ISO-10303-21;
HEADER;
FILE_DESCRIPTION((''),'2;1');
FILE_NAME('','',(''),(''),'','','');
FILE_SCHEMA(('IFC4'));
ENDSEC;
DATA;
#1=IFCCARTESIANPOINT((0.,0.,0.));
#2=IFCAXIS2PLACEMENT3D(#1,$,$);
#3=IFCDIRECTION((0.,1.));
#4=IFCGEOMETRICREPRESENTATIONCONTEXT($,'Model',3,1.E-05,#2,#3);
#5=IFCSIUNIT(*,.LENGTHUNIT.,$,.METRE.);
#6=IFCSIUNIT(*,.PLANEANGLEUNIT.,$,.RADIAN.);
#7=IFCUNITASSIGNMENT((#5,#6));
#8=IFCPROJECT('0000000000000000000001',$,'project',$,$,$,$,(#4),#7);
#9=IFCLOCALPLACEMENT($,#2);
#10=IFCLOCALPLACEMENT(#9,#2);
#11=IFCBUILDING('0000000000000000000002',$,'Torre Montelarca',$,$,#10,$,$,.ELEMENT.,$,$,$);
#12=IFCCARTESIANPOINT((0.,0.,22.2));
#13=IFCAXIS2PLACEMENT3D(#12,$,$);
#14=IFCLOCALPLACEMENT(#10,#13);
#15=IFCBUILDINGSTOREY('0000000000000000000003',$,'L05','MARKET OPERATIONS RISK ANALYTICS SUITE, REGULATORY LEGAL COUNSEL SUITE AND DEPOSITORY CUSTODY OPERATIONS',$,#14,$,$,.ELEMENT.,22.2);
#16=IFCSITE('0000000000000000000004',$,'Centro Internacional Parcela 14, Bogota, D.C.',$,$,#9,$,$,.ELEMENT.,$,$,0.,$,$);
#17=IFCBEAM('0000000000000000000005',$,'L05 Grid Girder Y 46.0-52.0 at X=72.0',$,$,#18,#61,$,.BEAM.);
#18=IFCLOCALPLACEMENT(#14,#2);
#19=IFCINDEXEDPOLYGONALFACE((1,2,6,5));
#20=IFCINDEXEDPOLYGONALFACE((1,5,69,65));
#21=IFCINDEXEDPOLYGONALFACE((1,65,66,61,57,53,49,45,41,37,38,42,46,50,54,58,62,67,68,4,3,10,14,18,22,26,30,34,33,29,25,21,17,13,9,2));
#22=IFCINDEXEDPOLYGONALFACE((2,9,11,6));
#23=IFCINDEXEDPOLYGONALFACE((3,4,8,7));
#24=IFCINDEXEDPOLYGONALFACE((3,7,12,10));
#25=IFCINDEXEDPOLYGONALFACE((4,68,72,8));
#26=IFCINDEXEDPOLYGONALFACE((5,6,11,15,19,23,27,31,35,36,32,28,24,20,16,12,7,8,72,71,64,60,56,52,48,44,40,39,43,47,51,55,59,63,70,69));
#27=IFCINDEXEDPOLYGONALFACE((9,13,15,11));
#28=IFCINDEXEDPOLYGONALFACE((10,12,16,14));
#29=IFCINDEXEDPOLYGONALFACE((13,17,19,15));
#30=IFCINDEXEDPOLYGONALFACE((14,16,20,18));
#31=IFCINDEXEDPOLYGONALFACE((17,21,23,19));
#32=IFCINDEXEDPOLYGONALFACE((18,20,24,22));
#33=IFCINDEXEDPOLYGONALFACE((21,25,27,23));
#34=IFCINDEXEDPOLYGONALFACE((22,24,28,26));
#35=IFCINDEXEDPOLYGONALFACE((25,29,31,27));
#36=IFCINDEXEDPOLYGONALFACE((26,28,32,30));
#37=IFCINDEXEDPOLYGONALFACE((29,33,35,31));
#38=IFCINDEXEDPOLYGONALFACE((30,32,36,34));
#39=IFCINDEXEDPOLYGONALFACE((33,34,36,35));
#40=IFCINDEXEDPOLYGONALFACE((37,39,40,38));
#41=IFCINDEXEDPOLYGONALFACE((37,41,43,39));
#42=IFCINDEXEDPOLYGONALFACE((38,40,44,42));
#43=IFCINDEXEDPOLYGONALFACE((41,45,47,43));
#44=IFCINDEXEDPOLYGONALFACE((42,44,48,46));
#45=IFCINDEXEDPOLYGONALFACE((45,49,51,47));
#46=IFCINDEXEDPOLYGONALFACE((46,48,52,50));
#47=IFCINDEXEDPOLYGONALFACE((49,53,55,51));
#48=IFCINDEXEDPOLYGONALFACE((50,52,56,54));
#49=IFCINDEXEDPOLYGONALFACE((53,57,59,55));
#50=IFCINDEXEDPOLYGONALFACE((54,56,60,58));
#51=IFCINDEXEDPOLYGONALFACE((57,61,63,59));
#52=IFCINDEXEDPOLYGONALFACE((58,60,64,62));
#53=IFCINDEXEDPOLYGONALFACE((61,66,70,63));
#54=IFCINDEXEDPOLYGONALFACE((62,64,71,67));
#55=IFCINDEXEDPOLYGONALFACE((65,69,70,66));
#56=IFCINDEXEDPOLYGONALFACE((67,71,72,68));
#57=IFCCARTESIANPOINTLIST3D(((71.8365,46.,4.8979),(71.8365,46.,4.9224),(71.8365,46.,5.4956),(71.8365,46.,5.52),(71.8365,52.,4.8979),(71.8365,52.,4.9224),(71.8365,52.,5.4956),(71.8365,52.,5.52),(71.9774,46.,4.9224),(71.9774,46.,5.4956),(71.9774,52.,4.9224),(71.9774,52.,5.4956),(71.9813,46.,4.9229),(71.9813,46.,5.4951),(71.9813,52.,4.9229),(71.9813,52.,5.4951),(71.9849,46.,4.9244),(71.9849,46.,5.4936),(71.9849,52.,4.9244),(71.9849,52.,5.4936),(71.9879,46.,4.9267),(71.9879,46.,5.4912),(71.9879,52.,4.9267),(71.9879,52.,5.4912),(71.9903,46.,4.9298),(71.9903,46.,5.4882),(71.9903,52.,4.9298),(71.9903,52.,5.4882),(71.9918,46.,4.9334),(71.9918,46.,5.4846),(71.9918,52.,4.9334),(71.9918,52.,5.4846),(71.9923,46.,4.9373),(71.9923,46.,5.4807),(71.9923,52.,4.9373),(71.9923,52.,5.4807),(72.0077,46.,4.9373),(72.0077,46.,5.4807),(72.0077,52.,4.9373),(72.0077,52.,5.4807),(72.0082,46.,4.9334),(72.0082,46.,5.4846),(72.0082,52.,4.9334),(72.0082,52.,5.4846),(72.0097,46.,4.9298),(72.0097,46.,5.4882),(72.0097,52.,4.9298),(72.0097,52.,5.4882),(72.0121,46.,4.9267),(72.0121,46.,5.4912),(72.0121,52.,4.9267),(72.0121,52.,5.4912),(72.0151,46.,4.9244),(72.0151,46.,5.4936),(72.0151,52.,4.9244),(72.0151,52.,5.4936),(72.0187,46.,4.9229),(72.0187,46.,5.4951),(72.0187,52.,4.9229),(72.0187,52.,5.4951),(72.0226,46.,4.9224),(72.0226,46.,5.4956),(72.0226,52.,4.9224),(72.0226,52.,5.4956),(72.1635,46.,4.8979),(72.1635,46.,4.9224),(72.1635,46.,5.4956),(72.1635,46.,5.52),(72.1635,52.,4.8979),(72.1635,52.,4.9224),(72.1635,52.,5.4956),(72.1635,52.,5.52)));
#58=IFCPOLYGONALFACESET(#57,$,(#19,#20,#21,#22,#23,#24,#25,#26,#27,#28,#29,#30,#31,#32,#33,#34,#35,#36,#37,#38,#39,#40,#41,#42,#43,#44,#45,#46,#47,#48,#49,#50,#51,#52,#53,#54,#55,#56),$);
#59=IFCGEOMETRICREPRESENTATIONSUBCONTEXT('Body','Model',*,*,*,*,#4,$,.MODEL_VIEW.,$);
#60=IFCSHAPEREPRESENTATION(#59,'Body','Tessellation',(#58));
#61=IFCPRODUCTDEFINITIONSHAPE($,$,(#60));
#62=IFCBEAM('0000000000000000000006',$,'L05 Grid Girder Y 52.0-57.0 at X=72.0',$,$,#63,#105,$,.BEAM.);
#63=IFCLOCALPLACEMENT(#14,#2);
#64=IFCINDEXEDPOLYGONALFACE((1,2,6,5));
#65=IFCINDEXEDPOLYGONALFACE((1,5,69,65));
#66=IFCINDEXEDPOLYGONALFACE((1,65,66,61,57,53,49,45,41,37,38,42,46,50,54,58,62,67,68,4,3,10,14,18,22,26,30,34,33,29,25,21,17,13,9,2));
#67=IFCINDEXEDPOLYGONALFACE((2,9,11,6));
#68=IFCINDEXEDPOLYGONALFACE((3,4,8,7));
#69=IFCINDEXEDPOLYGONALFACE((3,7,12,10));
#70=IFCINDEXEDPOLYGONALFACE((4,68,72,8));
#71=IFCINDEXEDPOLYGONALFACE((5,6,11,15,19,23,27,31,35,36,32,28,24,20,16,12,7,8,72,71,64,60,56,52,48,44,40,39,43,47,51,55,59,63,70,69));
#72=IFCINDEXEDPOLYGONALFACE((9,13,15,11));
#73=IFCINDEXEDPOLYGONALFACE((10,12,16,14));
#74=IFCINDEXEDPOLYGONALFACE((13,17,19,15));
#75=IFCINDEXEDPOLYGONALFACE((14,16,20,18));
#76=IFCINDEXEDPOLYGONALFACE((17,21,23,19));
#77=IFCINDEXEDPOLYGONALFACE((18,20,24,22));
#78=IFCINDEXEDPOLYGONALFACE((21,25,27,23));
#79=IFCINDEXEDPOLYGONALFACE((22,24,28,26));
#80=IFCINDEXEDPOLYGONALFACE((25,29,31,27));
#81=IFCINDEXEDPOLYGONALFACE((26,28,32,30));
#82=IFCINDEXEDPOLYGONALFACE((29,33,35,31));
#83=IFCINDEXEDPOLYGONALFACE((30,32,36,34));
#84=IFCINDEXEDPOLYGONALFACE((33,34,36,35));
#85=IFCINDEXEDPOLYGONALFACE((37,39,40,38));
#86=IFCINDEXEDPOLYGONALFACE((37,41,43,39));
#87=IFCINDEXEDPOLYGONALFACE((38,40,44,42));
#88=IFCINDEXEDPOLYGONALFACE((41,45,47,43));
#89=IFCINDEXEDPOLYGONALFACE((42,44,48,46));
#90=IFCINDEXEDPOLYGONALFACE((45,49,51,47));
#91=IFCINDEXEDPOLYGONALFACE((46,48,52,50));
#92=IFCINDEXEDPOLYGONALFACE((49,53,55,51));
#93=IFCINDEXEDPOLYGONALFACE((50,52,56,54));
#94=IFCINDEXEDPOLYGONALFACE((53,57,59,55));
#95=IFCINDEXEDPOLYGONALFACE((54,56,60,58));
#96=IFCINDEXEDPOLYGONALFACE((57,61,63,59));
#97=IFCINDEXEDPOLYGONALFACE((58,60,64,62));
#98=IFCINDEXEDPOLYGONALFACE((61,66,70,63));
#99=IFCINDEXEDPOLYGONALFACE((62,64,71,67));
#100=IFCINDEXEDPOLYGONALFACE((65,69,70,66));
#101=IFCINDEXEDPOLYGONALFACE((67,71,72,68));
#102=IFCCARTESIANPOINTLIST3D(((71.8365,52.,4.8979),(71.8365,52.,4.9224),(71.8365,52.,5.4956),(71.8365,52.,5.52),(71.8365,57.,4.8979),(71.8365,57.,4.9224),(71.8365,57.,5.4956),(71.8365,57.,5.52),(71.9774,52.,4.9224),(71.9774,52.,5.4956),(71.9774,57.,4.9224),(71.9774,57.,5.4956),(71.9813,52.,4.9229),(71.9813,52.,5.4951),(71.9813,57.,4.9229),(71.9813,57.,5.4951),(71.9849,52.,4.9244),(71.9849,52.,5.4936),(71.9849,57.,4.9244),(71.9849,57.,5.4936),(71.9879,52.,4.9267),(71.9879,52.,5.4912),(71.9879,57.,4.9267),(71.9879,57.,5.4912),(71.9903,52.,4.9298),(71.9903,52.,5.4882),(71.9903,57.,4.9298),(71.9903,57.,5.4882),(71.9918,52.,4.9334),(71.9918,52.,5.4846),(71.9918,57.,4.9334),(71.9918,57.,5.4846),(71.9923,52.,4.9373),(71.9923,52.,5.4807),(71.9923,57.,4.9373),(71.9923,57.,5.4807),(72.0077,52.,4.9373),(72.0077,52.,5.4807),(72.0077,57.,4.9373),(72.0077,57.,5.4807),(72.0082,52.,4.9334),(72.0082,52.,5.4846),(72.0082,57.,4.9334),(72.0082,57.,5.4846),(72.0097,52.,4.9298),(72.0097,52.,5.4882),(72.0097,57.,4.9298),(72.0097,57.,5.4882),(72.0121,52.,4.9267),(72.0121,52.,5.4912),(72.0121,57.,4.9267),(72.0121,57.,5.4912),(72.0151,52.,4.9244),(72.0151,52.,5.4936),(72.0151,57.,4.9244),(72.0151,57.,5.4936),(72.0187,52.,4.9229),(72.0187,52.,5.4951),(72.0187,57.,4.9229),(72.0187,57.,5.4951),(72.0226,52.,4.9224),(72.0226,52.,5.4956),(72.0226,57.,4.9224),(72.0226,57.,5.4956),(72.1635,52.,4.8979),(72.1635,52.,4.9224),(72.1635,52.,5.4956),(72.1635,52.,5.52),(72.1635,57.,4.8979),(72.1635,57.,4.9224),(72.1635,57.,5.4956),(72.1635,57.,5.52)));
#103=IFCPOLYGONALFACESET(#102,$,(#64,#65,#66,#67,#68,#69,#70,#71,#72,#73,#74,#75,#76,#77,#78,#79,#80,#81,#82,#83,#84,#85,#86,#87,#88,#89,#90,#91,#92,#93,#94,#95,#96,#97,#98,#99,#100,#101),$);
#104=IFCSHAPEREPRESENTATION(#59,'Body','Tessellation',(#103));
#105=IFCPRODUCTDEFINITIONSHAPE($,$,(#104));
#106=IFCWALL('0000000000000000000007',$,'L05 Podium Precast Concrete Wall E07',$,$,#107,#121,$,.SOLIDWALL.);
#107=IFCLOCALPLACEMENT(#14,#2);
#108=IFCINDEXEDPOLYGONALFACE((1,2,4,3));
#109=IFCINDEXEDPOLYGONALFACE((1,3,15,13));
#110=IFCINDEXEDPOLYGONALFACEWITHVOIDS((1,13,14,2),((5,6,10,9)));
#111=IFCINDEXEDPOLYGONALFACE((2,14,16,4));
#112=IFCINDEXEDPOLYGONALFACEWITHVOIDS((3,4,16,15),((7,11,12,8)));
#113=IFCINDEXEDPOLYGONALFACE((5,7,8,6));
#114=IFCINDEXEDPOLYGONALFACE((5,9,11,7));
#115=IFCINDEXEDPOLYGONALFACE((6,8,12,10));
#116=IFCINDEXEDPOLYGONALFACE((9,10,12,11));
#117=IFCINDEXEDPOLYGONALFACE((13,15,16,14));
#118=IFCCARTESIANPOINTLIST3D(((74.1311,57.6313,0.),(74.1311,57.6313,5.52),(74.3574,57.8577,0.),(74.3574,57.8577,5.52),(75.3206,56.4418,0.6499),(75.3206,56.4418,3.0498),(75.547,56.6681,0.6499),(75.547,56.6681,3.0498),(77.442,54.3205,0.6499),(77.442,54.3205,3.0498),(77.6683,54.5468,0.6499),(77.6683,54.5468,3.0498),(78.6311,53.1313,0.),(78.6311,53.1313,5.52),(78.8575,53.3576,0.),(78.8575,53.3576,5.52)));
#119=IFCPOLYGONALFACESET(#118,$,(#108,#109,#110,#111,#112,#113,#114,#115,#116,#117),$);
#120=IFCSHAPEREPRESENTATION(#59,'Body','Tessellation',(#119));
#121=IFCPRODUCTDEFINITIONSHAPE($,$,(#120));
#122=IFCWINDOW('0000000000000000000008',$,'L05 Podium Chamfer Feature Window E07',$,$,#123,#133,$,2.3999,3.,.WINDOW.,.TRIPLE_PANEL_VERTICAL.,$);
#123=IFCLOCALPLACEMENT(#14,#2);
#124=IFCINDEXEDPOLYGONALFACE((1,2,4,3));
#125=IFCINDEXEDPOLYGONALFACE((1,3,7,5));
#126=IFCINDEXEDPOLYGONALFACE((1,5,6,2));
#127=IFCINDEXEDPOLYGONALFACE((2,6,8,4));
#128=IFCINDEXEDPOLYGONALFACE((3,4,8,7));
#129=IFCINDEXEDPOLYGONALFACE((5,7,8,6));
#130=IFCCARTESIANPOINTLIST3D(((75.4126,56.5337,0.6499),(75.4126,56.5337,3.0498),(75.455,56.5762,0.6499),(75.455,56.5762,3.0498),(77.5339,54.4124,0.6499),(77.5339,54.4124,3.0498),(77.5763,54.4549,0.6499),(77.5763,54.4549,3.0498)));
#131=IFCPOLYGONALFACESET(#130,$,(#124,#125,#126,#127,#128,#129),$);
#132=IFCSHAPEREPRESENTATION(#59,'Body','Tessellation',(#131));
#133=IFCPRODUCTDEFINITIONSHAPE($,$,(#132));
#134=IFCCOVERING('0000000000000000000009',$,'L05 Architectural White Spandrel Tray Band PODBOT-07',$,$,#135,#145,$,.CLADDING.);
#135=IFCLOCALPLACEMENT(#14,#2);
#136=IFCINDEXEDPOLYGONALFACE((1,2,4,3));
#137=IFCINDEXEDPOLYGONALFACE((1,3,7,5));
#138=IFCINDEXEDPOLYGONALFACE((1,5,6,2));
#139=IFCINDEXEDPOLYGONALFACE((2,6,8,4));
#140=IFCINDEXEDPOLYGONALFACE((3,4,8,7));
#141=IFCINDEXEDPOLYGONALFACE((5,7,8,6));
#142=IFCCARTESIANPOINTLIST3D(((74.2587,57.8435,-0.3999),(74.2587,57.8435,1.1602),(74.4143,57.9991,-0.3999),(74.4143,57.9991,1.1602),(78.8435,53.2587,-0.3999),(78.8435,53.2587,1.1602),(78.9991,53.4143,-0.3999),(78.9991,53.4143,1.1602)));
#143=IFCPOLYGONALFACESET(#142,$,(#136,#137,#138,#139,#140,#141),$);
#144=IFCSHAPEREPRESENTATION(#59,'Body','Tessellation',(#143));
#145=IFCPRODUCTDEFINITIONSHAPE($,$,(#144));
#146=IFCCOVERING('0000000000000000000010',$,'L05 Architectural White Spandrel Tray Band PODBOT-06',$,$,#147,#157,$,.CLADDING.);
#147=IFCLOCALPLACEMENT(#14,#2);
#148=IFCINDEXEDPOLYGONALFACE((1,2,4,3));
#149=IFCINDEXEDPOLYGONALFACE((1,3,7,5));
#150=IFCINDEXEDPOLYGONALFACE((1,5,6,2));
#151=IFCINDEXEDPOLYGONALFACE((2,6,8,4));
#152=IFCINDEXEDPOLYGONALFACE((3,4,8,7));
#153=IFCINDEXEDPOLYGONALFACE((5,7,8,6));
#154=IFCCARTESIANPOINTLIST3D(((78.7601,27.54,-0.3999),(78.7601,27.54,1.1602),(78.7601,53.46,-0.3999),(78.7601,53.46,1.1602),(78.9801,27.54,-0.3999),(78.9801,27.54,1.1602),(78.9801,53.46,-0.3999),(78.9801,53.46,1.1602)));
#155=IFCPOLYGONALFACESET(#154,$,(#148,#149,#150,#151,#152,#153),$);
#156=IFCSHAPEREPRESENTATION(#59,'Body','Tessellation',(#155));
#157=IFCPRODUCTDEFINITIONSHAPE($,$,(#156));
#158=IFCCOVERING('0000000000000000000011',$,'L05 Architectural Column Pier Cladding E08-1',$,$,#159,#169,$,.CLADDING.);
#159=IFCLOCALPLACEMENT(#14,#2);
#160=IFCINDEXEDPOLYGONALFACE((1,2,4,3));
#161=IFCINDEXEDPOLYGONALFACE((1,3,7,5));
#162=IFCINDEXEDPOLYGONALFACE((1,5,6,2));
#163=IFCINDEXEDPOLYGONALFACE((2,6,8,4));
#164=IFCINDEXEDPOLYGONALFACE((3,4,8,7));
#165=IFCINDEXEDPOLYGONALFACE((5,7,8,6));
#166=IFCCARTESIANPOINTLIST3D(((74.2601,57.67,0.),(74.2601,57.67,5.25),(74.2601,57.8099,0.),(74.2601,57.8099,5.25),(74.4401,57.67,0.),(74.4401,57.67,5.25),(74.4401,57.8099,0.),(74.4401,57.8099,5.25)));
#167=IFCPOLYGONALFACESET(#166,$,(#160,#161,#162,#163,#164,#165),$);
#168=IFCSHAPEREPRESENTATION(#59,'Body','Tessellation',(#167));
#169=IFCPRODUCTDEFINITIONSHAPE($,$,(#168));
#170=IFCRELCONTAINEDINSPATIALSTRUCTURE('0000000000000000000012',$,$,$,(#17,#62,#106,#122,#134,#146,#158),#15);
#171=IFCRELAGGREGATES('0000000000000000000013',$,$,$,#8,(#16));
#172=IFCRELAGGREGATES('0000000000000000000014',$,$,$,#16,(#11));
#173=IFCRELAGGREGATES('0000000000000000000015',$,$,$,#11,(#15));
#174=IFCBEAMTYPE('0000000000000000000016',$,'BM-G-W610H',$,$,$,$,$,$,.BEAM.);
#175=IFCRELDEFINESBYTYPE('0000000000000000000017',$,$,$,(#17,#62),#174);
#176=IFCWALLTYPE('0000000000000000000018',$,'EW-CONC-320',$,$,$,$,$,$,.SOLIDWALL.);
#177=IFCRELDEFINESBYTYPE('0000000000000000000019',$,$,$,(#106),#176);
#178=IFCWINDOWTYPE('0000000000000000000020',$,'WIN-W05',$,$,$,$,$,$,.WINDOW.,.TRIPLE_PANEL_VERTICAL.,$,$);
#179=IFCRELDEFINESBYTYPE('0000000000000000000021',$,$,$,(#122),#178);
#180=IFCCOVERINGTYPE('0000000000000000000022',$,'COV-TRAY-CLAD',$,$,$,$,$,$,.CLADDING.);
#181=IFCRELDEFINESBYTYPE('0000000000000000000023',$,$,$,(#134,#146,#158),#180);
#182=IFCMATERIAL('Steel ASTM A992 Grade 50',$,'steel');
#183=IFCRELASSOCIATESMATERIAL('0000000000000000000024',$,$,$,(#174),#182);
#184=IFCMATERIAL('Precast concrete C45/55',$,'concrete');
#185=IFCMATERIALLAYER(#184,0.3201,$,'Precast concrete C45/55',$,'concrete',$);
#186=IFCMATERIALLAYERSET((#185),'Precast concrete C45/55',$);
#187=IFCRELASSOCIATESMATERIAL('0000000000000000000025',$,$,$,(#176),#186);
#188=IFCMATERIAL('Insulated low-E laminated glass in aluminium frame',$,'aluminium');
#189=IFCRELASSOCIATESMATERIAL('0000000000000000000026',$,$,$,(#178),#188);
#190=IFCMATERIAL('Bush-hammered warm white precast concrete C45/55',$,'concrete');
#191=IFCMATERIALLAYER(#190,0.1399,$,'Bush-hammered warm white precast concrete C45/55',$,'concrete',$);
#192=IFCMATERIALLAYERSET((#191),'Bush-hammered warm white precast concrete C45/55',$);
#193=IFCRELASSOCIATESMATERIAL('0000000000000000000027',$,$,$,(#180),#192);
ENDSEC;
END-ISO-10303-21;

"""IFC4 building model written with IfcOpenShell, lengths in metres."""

from ifc_helpers import new_model, si_unit, direction, frame, frame_2d, origin, origin_2d, place, context, subcontext, project, spatial, rectangle, i_section, extrude, source, transform, mapped, material, layer, layer_set, material_profile, profile_set, type_object, element, fill, save


model = new_model("IFC4")

# Units and contexts
model_context = context("Model", 3, precision=1e-05, world=origin(), true_north=direction((0.0, 1.0)))
body_context = subcontext(model_context, "Body", "Model", "MODEL_VIEW")
ifc_project = project(units=[si_unit("LENGTHUNIT", "METRE"), si_unit("PLANEANGLEUNIT", "RADIAN")], contexts=[model_context])

# Site, building, storey
site_placement = place(None, origin())
site = spatial("IfcSite", under=ifc_project, at=site_placement, Name="Centro Internacional Parcela 14, Bogota, D.C.", CompositionType="ELEMENT", RefElevation=0.0)
building_placement = place(site_placement, origin())
building = spatial("IfcBuilding", under=site, at=building_placement, Name="Torre Montelarca", CompositionType="ELEMENT")
storey_placement = place(building_placement, frame((0.0, 0.0, 22.2)))
storey = spatial("IfcBuildingStorey", under=building, at=storey_placement, Name="L05", Description="MARKET OPERATIONS RISK ANALYTICS SUITE, REGULATORY LEGAL COUNSEL SUITE AND DEPOSITORY CUSTODY OPERATIONS", CompositionType="ELEMENT", Elevation=22.2)

# Shared definitions
ifc_material_1 = material(Name="Steel ASTM A992 Grade 50", Category="steel")

# Beams
ifc_material_profile_1 = material_profile(ifc_material_1, i_section(OverallWidth=0.3269, OverallDepth=0.6221, WebThickness=0.0154, FlangeThickness=0.0244, FilletRadius=0.0149, at=origin_2d()), Name="W610X195", Category="steel")
ifc_profile_set_1 = profile_set([ifc_material_profile_1], Name="Steel ASTM A992 Grade 50")
beam_type_1 = type_object("IfcBeamType", Name="BM-G-W610H", PredefinedType="BEAM", material=ifc_profile_set_1)
shared_shape_1 = source(origin(), body_context, "Body", "SweptSolid", [
    extrude(i_section(OverallWidth=0.3269, OverallDepth=0.6221, WebThickness=0.0154, FlangeThickness=0.0244, FilletRadius=0.0149, at=origin_2d()), origin(), (0.0, 0.0, 1.0), 6.0),
])
for number, where, z_axis, x_axis, name in (
    (1, (72.0, 46.0, 5.209), (0.0, 1.0, 0.0), (-1.0, 0.0, 0.0), "L05 Grid Girder Y 46.0-52.0 at X=72.0"),
):
    element("IfcBeam", number, at=place(storey_placement, frame(where, z_axis=z_axis, x_axis=x_axis)), inside=storey, type_object=beam_type_1, Name=name, PredefinedType="BEAM", context=body_context, shape_type="MappedRepresentation", body=[
        mapped(shared_shape_1, transform((0.0, 0.0, 0.0), scale=1.0)),
    ])
shared_shape_2 = source(origin(), body_context, "Body", "SweptSolid", [
    extrude(i_section(OverallWidth=0.3269, OverallDepth=0.6221, WebThickness=0.0154, FlangeThickness=0.0244, FilletRadius=0.0149, at=origin_2d()), origin(), (0.0, 0.0, 1.0), 5.0),
])
beam_placement = place(storey_placement, frame((72.0, 52.0, 5.209), z_axis=(0.0, 1.0, 0.0), x_axis=(-1.0, 0.0, 0.0)))
element("IfcBeam", 2, at=beam_placement, inside=storey, type_object=beam_type_1, Name="L05 Grid Girder Y 52.0-57.0 at X=72.0", PredefinedType="BEAM", context=body_context, shape_type="MappedRepresentation", body=[
    mapped(shared_shape_2, transform((0.0, 0.0, 0.0), scale=1.0)),
])

# Wall, opening, window
ifc_material_2 = material(Name="Precast concrete C45/55", Category="concrete")
ifc_layer_1 = layer(ifc_material_2, 0.3201, Name="Precast concrete C45/55", Category="concrete")
ifc_layer_set_1 = layer_set([ifc_layer_1], Name="Precast concrete C45/55")
wall_type = type_object("IfcWallType", Name="EW-CONC-320", PredefinedType="SOLIDWALL", material=ifc_layer_set_1)
wall_placement = place(storey_placement, frame((78.7444, 53.2444, 0.0), z_axis=(0.0, 0.0, 1.0), x_axis=(-0.707107, 0.707107, 0.0)))
wall = element("IfcWall", 3, at=wall_placement, inside=storey, type_object=wall_type, Name="L05 Podium Precast Concrete Wall E07", PredefinedType="SOLIDWALL", context=body_context, shape_type="SweptSolid", body=[
    extrude(rectangle(XDim=6.364, YDim=0.3201, at=frame_2d((3.1821, 0.0))), origin(), (0.0, 0.0, 1.0), 5.52),
])
opening_placement = place(wall_placement, frame((1.6819, 0.0, 0.6499)))
opening = element("IfcOpeningElement", 4, at=opening_placement, cuts=wall, PredefinedType="OPENING", context=body_context, shape_type="SweptSolid", body=[
    extrude(rectangle(XDim=3.0, YDim=2.3999, at=frame_2d((1.5, 1.2))), frame((0.0, 0.1699, 0.0), z_axis=(0.0, -1.0, 0.0), x_axis=(1.0, 0.0, 0.0)), (0.0, 0.0, 1.0), 0.3401),
])
ifc_material_3 = material(Name="Insulated low-E laminated glass in aluminium frame", Category="aluminium")
window_type = type_object("IfcWindowType", Name="WIN-W05", PartitioningType="TRIPLE_PANEL_VERTICAL", PredefinedType="WINDOW", material=ifc_material_3)
shared_shape_3 = source(origin(), body_context, "Body", "SweptSolid", [
    extrude(rectangle(XDim=3.0, YDim=2.3999, at=frame_2d((1.5, 1.2))), frame((0.0, 0.03, 0.0), z_axis=(0.0, -1.0, 0.0), x_axis=(1.0, 0.0, 0.0)), (0.0, 0.0, 1.0), 0.0601),
])
window_placement = place(opening_placement, origin())
window = element("IfcWindow", 5, at=window_placement, inside=storey, type_object=window_type, Name="L05 Podium Chamfer Feature Window E07", OverallHeight=2.3999, OverallWidth=3.0, PartitioningType="TRIPLE_PANEL_VERTICAL", PredefinedType="WINDOW", context=body_context, shape_type="MappedRepresentation", body=[
    mapped(shared_shape_3, transform((0.0, 0.0, 0.0), scale=1.0)),
])
fill(opening, window)

# Coverings
ifc_material_4 = material(Name="Bush-hammered warm white precast concrete C45/55", Category="concrete")
ifc_layer_2 = layer(ifc_material_4, 0.1399, Name="Bush-hammered warm white precast concrete C45/55", Category="concrete")
ifc_layer_set_2 = layer_set([ifc_layer_2], Name="Bush-hammered warm white precast concrete C45/55")
covering_type = type_object("IfcCoveringType", Name="COV-TRAY-CLAD", PredefinedType="CLADDING", material=ifc_layer_set_2)
shared_shape_4 = source(origin(), body_context, "Body", "SweptSolid", [
    extrude(rectangle(XDim=6.4839, YDim=0.22, at=origin_2d()), origin(), (0.0, 0.0, 1.0), 1.5601),
])
covering_1_placement = place(storey_placement, frame((76.6289, 55.6289, -0.3999), z_axis=(0.0, 0.0, 1.0), x_axis=(-0.707107, 0.707107, 0.0)))
element("IfcCovering", 6, at=covering_1_placement, inside=storey, type_object=covering_type, Name="L05 Architectural White Spandrel Tray Band PODBOT-07", PredefinedType="CLADDING", context=body_context, shape_type="MappedRepresentation", body=[
    mapped(shared_shape_4, transform((0.0, 0.0, 0.0), scale=1.0)),
])
shared_shape_5 = source(origin(), body_context, "Body", "SweptSolid", [
    extrude(rectangle(XDim=25.9199, YDim=0.22, at=origin_2d()), origin(), (0.0, 0.0, 1.0), 1.5601),
])
covering_2_placement = place(storey_placement, frame((78.8701, 40.5, -0.3999), z_axis=(0.0, 0.0, 1.0), x_axis=(0.0, 1.0, 0.0)))
element("IfcCovering", 7, at=covering_2_placement, inside=storey, type_object=covering_type, Name="L05 Architectural White Spandrel Tray Band PODBOT-06", PredefinedType="CLADDING", context=body_context, shape_type="MappedRepresentation", body=[
    mapped(shared_shape_5, transform((0.0, 0.0, 0.0), scale=1.0)),
])
shared_shape_6 = source(origin(), body_context, "Body", "SweptSolid", [
    extrude(rectangle(XDim=0.1799, YDim=0.1399, at=origin_2d()), origin(), (0.0, 0.0, 1.0), 5.25),
])
covering_3_placement = place(storey_placement, frame((74.3501, 57.74, 0.0), z_axis=(0.0, 0.0, 1.0), x_axis=(-1.0, 0.0, 0.0)))
element("IfcCovering", 8, at=covering_3_placement, inside=storey, type_object=covering_type, Name="L05 Architectural Column Pier Cladding E08-1", PredefinedType="CLADDING", context=body_context, shape_type="MappedRepresentation", body=[
    mapped(shared_shape_6, transform((0.0, 0.0, 0.0), scale=1.0)),
])

save(model, "model.ifc")
